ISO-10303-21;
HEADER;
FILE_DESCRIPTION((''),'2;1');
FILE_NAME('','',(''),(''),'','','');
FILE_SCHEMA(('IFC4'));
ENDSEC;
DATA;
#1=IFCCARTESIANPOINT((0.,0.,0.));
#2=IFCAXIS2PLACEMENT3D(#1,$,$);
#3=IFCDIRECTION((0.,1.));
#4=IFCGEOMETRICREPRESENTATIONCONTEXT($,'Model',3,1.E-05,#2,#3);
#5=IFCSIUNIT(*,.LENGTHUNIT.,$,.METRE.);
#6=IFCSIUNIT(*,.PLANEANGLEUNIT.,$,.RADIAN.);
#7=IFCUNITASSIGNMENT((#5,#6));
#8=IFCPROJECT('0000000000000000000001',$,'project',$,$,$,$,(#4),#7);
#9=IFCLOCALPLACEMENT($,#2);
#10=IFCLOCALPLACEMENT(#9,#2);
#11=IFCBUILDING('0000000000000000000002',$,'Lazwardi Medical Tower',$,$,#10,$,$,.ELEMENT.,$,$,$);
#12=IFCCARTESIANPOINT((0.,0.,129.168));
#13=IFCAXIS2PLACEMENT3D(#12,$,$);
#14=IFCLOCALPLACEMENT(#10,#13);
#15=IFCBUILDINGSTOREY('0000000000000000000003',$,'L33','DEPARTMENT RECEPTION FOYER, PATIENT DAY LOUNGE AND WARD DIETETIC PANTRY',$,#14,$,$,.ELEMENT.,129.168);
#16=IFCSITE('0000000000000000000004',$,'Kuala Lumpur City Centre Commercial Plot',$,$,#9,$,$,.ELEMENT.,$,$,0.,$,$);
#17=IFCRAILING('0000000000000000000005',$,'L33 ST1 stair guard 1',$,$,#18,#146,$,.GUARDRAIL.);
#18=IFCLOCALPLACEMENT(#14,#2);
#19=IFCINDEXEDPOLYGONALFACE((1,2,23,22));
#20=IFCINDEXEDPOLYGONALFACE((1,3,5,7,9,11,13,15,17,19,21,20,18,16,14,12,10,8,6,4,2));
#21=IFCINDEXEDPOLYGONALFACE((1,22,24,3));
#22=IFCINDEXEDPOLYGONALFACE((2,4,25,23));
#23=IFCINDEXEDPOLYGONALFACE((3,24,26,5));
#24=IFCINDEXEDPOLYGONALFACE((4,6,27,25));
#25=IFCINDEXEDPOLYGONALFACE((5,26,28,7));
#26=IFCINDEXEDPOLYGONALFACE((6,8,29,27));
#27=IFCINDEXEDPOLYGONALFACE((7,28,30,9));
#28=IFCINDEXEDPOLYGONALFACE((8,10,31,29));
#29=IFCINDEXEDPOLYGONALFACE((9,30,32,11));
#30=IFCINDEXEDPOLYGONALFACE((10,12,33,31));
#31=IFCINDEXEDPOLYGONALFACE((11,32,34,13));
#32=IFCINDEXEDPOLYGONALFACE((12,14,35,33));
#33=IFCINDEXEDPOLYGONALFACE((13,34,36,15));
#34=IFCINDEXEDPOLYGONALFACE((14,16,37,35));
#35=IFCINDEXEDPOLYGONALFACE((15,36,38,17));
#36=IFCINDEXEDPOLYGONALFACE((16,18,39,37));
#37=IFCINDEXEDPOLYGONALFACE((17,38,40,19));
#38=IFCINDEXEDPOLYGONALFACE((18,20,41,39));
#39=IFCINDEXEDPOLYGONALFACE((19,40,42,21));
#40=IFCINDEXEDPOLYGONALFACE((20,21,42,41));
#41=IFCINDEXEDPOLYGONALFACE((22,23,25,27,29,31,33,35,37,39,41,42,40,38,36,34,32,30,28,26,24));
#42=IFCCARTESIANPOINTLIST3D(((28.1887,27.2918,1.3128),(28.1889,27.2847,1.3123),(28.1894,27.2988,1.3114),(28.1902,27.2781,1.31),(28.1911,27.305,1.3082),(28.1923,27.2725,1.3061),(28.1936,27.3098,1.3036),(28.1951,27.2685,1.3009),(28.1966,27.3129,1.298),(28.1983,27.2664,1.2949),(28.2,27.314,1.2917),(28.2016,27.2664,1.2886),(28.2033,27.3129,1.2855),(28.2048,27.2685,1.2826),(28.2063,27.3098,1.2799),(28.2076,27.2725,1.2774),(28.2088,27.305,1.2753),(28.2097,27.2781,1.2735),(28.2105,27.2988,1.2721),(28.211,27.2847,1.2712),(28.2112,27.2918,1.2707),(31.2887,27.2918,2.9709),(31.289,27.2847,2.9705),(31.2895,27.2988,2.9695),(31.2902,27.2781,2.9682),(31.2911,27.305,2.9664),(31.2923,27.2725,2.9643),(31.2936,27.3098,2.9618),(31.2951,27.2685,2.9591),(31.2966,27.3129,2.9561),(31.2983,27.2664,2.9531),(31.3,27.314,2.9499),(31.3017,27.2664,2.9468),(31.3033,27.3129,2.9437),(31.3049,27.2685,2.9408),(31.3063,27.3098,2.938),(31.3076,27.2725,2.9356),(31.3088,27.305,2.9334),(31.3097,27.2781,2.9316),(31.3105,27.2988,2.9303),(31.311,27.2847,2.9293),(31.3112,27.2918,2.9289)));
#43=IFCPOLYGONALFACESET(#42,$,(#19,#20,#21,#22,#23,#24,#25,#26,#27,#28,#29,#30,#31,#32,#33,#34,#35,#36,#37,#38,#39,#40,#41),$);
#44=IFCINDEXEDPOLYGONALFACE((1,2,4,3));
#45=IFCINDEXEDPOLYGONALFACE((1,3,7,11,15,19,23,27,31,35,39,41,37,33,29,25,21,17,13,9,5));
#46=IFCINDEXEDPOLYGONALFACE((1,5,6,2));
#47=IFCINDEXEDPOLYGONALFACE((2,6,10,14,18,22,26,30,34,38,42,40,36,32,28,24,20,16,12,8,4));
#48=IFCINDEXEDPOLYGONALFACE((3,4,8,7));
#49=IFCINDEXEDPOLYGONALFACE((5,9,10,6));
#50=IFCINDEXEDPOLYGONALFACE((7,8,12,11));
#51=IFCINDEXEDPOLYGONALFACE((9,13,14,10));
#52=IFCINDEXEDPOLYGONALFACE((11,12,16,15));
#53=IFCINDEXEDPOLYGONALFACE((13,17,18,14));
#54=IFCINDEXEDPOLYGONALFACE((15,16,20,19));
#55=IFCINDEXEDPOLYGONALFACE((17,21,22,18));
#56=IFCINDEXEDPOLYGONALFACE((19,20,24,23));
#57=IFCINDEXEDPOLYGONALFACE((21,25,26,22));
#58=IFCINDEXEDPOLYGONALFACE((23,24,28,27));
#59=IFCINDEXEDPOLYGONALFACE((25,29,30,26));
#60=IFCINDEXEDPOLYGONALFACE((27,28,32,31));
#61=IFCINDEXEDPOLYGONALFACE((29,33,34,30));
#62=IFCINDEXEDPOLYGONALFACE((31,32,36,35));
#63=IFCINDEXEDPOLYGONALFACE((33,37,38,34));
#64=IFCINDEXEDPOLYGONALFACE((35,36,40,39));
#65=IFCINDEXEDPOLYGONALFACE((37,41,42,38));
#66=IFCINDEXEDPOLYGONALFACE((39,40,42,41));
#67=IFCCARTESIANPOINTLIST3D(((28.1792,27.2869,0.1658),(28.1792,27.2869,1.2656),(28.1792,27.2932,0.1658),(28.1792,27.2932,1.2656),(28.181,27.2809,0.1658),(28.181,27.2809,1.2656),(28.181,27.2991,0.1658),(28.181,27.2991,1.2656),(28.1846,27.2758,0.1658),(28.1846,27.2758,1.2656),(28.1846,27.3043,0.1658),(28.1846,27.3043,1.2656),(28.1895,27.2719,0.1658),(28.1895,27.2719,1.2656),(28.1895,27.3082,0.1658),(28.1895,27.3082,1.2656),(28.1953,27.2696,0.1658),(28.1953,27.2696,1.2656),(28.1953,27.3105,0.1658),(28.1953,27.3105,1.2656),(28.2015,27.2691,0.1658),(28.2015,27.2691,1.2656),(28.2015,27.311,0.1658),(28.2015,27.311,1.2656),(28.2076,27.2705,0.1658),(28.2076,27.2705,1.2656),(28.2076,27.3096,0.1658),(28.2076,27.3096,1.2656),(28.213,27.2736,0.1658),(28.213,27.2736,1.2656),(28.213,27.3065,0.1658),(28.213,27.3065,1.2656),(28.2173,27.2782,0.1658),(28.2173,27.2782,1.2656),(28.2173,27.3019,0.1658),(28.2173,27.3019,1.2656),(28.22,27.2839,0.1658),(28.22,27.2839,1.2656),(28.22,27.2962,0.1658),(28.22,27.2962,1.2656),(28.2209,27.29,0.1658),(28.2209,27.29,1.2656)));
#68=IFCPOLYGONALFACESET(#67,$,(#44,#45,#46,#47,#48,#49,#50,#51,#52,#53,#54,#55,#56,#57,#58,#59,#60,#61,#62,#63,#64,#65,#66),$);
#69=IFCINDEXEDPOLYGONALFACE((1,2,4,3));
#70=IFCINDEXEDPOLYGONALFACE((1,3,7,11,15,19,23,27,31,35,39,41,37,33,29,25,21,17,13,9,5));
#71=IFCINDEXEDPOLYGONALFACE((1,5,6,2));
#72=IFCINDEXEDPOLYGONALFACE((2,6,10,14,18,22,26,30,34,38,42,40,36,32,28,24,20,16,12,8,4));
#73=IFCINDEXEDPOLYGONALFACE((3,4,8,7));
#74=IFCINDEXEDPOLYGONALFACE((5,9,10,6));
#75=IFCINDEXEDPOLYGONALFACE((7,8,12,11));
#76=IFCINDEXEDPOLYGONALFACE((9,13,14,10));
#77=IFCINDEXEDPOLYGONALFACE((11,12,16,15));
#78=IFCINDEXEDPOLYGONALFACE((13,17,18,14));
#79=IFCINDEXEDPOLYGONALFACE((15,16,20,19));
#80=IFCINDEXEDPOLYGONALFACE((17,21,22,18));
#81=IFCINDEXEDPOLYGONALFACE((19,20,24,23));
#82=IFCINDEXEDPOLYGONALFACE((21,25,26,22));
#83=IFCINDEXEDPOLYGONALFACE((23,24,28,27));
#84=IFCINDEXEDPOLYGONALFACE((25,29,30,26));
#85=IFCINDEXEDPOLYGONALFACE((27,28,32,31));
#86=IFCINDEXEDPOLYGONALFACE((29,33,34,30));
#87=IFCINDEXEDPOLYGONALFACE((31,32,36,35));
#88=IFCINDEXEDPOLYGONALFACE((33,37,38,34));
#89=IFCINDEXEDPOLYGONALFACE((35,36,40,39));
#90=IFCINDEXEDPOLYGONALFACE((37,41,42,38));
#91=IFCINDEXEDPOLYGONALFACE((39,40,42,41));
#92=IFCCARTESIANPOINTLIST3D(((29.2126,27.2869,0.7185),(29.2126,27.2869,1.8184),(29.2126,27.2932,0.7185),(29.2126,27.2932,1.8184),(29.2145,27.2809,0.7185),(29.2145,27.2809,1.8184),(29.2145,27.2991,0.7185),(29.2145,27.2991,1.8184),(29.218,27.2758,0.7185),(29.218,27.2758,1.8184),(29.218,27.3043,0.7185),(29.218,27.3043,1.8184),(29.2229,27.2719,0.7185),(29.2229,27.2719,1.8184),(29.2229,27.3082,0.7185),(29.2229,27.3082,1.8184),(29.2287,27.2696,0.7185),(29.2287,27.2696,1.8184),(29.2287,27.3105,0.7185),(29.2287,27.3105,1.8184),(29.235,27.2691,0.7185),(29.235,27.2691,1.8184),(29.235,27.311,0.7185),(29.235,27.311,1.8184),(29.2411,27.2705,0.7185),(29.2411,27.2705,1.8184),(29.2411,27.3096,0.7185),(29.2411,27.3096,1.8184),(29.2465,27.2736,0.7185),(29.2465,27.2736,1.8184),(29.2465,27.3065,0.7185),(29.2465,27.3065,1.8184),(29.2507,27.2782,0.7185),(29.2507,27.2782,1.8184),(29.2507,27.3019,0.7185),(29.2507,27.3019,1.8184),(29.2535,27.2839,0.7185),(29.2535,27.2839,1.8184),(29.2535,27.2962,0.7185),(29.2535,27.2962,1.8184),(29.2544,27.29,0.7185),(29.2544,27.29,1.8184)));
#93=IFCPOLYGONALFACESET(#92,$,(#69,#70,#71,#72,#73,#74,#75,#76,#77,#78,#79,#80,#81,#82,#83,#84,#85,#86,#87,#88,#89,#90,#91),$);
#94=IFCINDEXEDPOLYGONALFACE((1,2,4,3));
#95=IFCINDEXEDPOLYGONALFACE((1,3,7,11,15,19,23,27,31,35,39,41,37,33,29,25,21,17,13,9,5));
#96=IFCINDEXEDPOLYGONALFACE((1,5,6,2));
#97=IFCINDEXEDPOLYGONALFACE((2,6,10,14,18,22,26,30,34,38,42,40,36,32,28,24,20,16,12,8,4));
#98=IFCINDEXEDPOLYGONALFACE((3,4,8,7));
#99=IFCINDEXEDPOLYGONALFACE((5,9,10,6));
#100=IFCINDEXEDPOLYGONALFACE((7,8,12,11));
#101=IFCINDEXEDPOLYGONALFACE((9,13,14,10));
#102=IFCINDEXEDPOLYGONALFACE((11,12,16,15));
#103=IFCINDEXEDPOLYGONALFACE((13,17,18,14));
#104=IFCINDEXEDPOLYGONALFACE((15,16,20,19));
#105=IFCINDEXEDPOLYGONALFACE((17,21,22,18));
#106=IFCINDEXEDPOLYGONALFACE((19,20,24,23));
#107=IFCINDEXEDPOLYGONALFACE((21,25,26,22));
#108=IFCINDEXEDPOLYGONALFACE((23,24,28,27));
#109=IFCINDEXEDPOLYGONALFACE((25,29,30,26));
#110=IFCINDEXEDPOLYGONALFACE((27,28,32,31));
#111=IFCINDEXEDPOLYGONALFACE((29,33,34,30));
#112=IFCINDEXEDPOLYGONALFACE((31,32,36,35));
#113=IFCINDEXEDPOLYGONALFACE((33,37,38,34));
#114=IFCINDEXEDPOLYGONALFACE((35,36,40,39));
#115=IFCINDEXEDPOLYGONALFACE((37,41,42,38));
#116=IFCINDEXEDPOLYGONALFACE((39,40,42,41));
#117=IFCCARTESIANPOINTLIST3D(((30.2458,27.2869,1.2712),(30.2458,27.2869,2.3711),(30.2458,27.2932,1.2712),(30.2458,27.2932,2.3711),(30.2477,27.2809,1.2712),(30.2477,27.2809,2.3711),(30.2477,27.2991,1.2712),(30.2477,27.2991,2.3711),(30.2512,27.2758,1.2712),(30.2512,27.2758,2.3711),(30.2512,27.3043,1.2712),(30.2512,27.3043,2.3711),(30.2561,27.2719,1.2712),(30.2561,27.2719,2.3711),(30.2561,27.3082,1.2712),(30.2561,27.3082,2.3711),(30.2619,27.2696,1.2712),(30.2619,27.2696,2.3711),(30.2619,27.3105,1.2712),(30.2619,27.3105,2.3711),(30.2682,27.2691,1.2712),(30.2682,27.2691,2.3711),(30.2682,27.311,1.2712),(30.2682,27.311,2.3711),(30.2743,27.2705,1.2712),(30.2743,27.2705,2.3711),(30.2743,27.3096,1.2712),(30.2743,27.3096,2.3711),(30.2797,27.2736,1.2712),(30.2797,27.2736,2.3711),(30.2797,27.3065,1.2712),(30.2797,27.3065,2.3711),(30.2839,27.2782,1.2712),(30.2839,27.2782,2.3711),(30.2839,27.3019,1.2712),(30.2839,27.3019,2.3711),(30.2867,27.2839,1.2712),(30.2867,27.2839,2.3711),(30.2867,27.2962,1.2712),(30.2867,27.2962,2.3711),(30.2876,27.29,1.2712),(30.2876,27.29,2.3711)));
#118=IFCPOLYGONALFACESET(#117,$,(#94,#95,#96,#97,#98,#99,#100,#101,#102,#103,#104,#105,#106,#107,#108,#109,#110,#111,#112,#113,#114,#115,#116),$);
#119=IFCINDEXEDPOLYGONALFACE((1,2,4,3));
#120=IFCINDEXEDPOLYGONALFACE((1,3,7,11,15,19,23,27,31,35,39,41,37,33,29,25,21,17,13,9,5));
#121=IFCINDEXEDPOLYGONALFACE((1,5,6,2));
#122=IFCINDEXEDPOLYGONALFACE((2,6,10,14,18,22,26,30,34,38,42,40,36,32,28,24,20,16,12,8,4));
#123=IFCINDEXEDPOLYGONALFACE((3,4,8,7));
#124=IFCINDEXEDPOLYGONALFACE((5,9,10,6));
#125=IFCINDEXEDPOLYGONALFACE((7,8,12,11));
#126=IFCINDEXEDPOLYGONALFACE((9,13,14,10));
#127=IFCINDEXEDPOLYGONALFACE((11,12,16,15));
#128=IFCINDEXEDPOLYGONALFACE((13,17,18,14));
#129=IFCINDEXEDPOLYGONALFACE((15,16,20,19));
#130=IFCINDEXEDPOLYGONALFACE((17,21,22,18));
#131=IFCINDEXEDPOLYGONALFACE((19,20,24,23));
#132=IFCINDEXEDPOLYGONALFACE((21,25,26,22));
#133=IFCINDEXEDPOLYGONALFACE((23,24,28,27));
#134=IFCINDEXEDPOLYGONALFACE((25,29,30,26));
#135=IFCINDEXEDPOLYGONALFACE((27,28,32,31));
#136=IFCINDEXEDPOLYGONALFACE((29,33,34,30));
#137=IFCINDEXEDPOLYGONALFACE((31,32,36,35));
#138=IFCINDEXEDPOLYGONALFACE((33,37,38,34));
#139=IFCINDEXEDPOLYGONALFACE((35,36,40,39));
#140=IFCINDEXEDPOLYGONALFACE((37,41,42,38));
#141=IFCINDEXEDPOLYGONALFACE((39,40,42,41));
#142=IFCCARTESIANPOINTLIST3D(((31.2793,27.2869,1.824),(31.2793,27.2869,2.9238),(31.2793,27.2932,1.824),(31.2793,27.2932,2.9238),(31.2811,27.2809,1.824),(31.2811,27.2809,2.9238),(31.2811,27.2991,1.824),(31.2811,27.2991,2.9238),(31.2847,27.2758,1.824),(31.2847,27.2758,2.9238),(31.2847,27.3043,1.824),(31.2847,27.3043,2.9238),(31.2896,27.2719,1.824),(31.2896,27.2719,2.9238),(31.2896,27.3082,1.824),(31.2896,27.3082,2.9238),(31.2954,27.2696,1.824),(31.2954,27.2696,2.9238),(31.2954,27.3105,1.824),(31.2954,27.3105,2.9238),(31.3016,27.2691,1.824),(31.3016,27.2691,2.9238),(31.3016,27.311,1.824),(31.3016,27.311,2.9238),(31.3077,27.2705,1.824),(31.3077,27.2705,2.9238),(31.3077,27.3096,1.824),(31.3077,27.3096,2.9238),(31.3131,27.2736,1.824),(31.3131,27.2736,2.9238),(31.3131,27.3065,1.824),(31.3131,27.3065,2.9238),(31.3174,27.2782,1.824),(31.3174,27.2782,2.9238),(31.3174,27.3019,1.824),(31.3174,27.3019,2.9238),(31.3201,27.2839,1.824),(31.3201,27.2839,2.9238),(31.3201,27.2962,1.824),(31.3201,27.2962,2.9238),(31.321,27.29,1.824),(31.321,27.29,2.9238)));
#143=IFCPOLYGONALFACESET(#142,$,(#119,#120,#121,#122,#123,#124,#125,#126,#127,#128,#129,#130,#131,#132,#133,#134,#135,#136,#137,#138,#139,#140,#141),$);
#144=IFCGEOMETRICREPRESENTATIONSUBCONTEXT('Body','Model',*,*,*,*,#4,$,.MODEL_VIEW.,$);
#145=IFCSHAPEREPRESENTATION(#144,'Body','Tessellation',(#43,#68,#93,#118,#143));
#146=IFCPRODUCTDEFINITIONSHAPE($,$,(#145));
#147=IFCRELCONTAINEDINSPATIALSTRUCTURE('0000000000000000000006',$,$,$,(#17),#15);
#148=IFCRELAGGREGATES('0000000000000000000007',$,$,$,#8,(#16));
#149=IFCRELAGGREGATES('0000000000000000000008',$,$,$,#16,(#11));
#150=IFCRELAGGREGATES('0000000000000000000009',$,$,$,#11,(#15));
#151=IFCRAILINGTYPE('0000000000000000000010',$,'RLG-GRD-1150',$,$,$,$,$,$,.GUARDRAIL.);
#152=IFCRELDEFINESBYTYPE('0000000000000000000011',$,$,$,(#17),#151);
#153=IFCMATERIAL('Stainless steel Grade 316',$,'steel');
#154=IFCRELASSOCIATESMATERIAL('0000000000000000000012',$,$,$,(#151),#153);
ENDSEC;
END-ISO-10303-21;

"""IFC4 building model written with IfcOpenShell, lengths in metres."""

from ifc_helpers import new_model, si_unit, direction, frame, origin, origin_2d, place, context, subcontext, project, spatial, circle, extrude, material, type_object, element, save


model = new_model("IFC4")

# Units and contexts
model_context = context("Model", 3, precision=1e-05, world=origin(), true_north=direction((0.0, 1.0)))
body_context = subcontext(model_context, "Body", "Model", "MODEL_VIEW")
ifc_project = project(units=[si_unit("LENGTHUNIT", "METRE"), si_unit("PLANEANGLEUNIT", "RADIAN")], contexts=[model_context])

# Site, building, storey
site_placement = place(None, origin())
site = spatial("IfcSite", under=ifc_project, at=site_placement, Name="Kuala Lumpur City Centre Commercial Plot", CompositionType="ELEMENT", RefElevation=0.0)
building_placement = place(site_placement, origin())
building = spatial("IfcBuilding", under=site, at=building_placement, Name="Lazwardi Medical Tower", CompositionType="ELEMENT")
storey_placement = place(building_placement, frame((0.0, 0.0, 129.168)))
storey = spatial("IfcBuildingStorey", under=building, at=storey_placement, Name="L33", Description="DEPARTMENT RECEPTION FOYER, PATIENT DAY LOUNGE AND WARD DIETETIC PANTRY", CompositionType="ELEMENT", Elevation=129.168)

# Railing
ifc_material_1 = material(Name="Stainless steel Grade 316", Category="steel")
railing_type_1 = type_object("IfcRailingType", Name="RLG-GRD-1150", PredefinedType="GUARDRAIL", material=ifc_material_1)
railing_1_placement = place(storey_placement, frame((28.2, 27.29, 0.1658)))
element("IfcRailing", 1, at=railing_1_placement, inside=storey, type_object=railing_type_1, Name="L33 ST1 stair guard 1", PredefinedType="GUARDRAIL", context=body_context, shape_type="SweptSolid", body=[
    extrude(circle(Radius=0.0239, at=origin_2d()), frame((0.0, 0.0, 1.126), z_axis=(0.881783, 0.0, 0.471655), x_axis=(0.0, 1.0, 0.0)), (0.0, 0.0, 1.0), 3.5156),
    extrude(circle(Radius=0.021, at=origin_2d()), origin(), (0.0, 0.0, 1.0), 1.0999),
    extrude(circle(Radius=0.021, at=origin_2d()), frame((1.0334, 0.0, 0.5527)), (0.0, 0.0, 1.0), 1.0999),
    extrude(circle(Radius=0.021, at=origin_2d()), frame((2.0667, 0.0, 1.1055)), (0.0, 0.0, 1.0), 1.0999),
    extrude(circle(Radius=0.021, at=origin_2d()), frame((3.1001, 0.0, 1.6582)), (0.0, 0.0, 1.0), 1.0999),
])

save(model, "model.ifc")
